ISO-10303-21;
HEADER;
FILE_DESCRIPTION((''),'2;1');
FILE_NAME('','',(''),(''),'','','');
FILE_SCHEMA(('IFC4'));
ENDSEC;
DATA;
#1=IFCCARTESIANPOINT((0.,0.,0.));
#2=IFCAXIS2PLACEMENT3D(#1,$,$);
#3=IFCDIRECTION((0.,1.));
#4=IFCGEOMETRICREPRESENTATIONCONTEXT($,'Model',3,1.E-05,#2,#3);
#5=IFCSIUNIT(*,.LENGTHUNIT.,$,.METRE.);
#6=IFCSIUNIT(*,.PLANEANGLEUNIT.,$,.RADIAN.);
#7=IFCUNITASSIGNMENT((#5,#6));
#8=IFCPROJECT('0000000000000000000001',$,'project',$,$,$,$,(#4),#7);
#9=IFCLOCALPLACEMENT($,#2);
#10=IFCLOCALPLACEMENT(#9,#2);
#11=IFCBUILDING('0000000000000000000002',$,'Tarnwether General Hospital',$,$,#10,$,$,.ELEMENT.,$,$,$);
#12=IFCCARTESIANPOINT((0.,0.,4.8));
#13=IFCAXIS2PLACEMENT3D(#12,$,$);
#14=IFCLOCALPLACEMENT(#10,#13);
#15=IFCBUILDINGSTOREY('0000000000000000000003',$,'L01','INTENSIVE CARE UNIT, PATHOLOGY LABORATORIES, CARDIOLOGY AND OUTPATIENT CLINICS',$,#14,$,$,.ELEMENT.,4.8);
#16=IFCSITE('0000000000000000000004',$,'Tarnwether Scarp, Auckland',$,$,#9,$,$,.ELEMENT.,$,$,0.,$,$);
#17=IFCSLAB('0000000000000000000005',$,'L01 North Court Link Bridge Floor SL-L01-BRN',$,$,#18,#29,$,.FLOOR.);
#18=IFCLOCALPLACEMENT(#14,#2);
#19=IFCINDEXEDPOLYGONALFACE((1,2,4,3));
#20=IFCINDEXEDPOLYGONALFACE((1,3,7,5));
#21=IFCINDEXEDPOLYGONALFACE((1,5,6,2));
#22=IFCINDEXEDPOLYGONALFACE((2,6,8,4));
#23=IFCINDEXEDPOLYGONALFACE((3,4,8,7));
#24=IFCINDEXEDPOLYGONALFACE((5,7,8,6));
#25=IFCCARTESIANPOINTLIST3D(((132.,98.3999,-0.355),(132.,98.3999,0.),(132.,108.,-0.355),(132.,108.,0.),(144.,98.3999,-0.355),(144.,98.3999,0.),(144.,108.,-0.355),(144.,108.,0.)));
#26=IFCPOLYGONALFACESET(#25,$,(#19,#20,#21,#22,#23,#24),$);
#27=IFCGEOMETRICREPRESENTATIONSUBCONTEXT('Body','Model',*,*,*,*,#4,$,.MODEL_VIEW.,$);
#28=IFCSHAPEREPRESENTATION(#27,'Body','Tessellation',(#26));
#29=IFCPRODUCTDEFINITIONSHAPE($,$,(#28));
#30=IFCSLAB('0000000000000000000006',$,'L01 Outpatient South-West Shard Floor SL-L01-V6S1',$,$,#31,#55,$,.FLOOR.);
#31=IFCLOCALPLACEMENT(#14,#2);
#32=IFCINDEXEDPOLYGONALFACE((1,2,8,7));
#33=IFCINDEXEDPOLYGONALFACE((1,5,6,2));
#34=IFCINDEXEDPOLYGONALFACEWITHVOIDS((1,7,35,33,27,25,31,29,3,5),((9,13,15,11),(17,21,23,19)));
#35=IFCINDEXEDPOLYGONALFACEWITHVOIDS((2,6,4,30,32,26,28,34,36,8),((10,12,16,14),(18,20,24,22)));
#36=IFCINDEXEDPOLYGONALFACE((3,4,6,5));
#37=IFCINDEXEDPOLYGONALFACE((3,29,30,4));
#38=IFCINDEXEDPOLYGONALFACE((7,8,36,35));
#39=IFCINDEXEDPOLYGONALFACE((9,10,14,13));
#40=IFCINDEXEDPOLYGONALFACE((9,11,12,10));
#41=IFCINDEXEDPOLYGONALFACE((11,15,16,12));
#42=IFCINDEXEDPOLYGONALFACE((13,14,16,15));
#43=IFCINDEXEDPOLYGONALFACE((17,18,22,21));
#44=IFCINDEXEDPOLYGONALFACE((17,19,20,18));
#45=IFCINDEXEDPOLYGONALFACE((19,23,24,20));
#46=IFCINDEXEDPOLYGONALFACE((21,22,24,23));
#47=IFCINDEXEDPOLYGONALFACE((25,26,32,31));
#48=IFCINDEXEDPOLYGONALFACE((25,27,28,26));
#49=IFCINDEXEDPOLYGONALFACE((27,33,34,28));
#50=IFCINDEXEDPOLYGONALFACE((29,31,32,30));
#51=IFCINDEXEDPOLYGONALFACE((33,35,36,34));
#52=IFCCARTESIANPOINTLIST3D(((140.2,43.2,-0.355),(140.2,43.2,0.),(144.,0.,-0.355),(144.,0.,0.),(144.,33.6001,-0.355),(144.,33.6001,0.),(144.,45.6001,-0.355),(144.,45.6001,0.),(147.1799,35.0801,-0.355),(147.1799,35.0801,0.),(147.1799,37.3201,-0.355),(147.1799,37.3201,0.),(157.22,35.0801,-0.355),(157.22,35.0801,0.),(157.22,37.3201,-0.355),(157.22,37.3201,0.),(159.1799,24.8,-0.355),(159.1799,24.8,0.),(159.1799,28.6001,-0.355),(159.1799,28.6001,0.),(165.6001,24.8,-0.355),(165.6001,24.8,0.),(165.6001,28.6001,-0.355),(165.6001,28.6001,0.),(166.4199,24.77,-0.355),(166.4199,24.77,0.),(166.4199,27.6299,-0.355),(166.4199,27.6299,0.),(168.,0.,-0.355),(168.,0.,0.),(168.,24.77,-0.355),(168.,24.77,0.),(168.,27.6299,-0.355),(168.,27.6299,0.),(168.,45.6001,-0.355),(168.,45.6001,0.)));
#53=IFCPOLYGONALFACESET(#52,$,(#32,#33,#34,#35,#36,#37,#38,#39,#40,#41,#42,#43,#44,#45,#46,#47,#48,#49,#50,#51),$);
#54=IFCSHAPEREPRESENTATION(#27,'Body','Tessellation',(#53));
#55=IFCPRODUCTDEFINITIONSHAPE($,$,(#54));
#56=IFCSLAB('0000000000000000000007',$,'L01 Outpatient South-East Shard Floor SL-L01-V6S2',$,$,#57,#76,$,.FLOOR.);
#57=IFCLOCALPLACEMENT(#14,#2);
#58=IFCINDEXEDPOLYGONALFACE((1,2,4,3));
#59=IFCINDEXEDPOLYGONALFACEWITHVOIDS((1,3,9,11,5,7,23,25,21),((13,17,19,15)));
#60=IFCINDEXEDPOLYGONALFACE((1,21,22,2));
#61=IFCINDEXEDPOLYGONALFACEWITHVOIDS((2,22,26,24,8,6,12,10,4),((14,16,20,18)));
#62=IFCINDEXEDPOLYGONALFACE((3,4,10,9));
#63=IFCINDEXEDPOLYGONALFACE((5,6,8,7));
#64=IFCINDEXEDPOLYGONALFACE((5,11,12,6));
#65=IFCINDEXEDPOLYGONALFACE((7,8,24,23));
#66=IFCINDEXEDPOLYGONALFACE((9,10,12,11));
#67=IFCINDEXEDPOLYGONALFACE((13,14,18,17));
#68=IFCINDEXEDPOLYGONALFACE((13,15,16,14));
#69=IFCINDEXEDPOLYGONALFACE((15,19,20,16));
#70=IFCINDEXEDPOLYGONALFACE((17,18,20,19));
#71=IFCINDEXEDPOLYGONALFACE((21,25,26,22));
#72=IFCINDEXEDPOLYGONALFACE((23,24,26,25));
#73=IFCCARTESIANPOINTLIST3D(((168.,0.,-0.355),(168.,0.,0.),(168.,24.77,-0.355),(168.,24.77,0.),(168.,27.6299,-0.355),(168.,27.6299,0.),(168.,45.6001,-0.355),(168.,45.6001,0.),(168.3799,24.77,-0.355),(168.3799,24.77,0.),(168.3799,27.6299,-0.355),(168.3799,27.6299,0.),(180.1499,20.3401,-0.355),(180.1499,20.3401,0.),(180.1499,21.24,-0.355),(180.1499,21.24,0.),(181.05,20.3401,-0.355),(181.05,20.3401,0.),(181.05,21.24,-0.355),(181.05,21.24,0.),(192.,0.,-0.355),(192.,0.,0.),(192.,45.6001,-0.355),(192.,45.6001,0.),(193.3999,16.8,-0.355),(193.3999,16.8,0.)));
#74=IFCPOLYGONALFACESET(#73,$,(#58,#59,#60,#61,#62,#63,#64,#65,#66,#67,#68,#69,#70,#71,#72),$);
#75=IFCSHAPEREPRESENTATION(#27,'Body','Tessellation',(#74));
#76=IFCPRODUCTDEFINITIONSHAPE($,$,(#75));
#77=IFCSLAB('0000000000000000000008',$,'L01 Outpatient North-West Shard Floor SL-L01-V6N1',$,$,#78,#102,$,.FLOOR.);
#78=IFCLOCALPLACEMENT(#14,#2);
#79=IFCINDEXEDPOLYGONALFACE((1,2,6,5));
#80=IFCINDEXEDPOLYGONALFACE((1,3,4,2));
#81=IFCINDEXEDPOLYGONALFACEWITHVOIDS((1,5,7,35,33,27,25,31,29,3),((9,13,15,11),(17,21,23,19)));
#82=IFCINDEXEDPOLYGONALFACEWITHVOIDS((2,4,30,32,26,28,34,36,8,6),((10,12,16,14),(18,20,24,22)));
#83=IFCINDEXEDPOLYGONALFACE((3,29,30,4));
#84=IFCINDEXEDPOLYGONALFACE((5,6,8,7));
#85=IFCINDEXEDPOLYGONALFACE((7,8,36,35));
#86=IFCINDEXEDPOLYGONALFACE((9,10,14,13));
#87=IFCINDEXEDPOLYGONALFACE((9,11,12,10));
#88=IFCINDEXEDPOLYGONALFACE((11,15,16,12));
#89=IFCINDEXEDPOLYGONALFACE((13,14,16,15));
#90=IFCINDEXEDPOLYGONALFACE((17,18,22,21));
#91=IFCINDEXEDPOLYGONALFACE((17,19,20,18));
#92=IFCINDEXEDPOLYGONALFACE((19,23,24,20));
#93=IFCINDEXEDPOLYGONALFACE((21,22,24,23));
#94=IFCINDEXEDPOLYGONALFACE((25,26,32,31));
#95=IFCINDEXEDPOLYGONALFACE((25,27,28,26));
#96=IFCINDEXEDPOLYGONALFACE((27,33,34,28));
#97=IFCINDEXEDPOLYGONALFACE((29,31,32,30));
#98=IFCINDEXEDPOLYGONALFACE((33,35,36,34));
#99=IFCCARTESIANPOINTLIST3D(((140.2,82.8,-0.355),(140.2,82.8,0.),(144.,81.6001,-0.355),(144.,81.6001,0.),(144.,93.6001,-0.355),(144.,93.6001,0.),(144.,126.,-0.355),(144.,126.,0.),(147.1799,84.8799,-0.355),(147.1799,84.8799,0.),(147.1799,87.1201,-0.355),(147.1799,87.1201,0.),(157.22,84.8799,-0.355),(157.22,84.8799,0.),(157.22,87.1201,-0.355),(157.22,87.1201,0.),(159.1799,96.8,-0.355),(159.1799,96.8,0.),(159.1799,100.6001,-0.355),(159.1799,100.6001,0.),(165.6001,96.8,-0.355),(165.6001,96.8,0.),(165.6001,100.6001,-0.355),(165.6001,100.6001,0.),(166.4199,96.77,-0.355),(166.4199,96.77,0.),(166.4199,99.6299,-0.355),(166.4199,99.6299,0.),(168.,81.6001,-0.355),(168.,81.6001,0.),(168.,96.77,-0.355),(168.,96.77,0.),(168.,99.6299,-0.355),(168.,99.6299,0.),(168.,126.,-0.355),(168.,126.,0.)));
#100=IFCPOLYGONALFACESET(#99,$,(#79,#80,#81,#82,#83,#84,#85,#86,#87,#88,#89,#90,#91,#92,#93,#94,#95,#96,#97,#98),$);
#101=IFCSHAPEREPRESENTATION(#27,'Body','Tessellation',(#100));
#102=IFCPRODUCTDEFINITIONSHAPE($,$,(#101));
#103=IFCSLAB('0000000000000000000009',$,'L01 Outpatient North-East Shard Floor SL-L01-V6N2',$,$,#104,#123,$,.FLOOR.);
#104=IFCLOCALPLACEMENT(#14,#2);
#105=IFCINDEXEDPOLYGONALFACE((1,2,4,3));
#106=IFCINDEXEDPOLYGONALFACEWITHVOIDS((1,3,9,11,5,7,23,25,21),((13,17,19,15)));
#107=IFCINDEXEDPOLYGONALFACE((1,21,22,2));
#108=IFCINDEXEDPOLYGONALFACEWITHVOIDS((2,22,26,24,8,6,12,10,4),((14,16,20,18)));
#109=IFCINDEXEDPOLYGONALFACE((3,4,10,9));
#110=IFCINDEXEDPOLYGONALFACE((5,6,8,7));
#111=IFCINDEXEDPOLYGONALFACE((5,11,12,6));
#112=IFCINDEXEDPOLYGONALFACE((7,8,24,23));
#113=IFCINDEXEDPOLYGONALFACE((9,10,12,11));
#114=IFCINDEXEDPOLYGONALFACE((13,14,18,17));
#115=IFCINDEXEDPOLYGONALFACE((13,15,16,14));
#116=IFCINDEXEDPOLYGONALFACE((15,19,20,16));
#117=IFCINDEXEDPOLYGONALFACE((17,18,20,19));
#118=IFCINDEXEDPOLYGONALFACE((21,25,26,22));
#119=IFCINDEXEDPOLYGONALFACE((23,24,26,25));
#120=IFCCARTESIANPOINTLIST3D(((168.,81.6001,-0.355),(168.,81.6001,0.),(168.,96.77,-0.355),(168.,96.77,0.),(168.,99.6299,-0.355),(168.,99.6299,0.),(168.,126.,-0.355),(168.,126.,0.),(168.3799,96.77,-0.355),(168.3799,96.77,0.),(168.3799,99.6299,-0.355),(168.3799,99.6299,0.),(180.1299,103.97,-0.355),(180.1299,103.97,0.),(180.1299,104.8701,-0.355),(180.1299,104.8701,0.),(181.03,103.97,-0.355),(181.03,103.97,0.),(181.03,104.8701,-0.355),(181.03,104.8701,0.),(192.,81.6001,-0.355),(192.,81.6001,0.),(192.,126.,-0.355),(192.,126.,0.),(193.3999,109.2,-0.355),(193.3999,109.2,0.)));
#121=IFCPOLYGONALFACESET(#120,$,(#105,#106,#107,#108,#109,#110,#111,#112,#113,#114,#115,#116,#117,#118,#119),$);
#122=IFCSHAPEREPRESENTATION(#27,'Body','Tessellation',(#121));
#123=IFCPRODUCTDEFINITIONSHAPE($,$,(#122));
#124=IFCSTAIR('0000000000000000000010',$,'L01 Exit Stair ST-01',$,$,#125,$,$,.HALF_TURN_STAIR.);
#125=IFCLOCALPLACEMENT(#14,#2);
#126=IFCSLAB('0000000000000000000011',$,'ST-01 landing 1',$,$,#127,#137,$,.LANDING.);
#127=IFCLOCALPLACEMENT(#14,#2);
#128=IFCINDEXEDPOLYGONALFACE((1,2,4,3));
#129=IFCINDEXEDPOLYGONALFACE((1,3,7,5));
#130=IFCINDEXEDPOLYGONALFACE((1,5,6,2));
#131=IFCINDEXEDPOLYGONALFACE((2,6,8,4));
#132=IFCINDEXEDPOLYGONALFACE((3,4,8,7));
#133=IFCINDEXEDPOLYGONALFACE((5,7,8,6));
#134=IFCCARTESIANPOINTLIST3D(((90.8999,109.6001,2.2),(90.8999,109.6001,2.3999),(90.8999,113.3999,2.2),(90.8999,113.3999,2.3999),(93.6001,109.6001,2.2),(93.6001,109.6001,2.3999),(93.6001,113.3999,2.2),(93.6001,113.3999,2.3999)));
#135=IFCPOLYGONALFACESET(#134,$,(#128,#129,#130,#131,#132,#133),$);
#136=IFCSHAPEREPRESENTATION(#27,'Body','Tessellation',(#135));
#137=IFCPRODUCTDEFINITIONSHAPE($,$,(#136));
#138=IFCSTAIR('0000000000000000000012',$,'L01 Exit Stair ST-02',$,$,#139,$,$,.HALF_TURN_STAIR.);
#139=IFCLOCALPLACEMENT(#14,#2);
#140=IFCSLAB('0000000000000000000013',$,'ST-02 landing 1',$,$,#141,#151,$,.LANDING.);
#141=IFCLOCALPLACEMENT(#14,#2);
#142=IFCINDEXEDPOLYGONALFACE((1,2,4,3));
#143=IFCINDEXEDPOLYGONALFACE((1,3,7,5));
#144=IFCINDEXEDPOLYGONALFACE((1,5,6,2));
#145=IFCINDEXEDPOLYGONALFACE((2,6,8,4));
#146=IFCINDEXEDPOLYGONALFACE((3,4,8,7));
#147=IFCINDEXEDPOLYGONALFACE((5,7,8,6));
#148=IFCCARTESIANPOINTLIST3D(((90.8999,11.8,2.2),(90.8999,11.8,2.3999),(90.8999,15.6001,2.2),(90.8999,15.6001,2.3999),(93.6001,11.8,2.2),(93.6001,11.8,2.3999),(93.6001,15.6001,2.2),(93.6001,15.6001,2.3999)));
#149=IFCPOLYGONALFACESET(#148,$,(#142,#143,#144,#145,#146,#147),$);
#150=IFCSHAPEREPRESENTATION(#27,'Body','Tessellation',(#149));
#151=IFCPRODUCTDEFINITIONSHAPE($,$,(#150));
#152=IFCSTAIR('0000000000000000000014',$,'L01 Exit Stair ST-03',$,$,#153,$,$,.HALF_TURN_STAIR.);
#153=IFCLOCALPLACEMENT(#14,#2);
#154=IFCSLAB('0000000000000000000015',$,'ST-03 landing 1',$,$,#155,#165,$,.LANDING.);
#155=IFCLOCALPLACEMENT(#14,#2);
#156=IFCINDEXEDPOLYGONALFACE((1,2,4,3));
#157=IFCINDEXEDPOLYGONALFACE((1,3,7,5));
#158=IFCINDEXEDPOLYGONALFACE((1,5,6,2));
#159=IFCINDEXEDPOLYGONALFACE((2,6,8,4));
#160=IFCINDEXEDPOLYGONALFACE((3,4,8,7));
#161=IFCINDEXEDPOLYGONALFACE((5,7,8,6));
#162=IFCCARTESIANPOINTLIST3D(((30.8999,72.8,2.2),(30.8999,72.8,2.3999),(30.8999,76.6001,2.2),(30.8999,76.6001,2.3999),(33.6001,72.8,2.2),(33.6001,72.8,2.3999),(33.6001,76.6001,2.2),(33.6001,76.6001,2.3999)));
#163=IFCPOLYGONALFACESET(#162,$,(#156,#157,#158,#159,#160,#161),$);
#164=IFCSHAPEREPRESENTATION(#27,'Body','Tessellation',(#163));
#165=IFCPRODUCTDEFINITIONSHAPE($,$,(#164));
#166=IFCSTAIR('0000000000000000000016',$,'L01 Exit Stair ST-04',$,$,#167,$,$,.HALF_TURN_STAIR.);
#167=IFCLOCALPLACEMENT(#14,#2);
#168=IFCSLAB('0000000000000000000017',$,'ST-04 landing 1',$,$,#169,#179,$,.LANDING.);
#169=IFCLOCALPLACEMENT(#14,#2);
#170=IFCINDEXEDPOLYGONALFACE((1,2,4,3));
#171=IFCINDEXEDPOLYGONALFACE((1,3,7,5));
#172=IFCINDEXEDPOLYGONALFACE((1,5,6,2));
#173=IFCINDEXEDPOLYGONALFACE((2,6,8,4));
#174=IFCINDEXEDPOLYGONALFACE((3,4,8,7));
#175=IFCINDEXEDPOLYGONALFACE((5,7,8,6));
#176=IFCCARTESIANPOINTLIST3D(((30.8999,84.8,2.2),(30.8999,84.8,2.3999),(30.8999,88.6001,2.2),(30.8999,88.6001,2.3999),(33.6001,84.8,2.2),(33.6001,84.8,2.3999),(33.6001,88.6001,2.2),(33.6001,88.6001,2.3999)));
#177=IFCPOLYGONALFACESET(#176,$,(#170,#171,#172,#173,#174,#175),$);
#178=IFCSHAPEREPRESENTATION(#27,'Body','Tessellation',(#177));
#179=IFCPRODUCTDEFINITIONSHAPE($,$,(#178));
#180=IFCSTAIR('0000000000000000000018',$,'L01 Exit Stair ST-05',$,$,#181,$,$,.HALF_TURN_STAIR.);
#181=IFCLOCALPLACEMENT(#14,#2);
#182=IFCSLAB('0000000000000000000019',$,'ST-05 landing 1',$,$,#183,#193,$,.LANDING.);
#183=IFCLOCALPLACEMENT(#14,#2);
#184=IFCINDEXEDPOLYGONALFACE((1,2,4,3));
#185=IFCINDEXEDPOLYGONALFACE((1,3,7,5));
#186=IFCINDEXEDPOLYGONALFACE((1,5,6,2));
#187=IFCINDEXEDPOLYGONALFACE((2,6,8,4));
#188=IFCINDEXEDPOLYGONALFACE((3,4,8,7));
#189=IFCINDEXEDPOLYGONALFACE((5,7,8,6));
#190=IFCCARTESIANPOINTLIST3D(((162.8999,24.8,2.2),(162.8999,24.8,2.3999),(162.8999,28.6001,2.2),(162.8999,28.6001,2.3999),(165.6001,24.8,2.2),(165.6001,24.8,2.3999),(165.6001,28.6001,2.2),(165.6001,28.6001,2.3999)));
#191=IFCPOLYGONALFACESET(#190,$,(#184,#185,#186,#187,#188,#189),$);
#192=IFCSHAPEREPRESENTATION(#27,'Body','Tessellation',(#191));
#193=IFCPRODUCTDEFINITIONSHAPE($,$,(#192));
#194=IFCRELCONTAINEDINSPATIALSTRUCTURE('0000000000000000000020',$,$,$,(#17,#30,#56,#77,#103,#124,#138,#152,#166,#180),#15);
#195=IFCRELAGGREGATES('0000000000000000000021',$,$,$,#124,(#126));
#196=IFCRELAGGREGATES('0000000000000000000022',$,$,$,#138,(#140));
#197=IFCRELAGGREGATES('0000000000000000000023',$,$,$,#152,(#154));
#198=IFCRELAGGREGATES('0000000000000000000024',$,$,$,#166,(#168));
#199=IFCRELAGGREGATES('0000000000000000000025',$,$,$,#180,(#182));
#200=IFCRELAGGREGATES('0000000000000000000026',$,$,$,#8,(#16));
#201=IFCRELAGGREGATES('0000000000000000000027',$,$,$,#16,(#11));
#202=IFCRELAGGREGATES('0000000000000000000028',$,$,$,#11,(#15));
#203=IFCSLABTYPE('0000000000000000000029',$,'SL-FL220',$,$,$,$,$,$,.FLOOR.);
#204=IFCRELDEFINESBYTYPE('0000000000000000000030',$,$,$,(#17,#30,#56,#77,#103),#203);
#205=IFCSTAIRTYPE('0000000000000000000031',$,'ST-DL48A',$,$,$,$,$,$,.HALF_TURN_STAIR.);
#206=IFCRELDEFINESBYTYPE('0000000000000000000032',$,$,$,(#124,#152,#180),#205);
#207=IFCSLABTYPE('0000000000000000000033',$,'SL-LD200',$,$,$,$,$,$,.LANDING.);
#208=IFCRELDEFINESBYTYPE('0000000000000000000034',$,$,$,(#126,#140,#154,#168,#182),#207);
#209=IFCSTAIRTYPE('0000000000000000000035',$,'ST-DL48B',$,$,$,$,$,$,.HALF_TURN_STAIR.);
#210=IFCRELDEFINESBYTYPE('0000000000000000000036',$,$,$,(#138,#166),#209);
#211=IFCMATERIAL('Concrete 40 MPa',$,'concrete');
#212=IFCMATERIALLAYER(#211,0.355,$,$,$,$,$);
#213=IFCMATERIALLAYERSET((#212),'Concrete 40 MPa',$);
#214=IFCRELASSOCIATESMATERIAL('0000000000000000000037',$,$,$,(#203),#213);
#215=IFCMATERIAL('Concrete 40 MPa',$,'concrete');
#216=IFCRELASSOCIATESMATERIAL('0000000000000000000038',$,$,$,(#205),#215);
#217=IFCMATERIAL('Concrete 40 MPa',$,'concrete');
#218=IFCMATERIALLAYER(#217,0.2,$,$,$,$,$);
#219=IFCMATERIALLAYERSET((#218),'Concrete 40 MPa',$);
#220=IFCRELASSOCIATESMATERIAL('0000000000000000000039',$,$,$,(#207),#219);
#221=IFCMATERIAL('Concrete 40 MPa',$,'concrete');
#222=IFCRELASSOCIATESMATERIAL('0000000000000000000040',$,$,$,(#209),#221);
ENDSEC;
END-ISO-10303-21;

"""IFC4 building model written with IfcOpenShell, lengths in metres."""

from ifc_helpers import new_model, si_unit, direction, frame, origin, place, context, subcontext, project, spatial, polyline, outline, extrude, material, layer, layer_set, type_object, element, aggregate, save


model = new_model("IFC4")

# Units and contexts
model_context = context("Model", 3, precision=1e-05, world=origin(), true_north=direction((0.0, 1.0)))
body_context = subcontext(model_context, "Body", "Model", "MODEL_VIEW")
ifc_project = project(units=[si_unit("LENGTHUNIT", "METRE"), si_unit("PLANEANGLEUNIT", "RADIAN")], contexts=[model_context])

# Site, building, storey
site_placement = place(None, origin())
site = spatial("IfcSite", under=ifc_project, at=site_placement, Name="Tarnwether Scarp, Auckland", CompositionType="ELEMENT", RefElevation=0.0)
building_placement = place(site_placement, origin())
building = spatial("IfcBuilding", under=site, at=building_placement, Name="Tarnwether General Hospital", CompositionType="ELEMENT")
storey_placement = place(building_placement, frame((0.0, 0.0, 4.8)))
storey = spatial("IfcBuildingStorey", under=building, at=storey_placement, Name="L01", Description="INTENSIVE CARE UNIT, PATHOLOGY LABORATORIES, CARDIOLOGY AND OUTPATIENT CLINICS", CompositionType="ELEMENT", Elevation=4.8)

# Slabs
ifc_material_1 = material(Name="Concrete 40 MPa", Category="concrete")
ifc_layer_1 = layer(ifc_material_1, 0.355)
ifc_layer_set_1 = layer_set([ifc_layer_1], Name="Concrete 40 MPa")
slab_type_1 = type_object("IfcSlabType", Name="SL-FL220", PredefinedType="FLOOR", material=ifc_layer_set_1)
slab_1_placement = place(storey_placement, frame((0.0, 0.0, -0.355)))
element("IfcSlab", 1, at=slab_1_placement, inside=storey, type_object=slab_type_1, Name="L01 North Court Link Bridge Floor SL-L01-BRN", PredefinedType="FLOOR", context=body_context, shape_type="SweptSolid", body=[
    extrude(outline(polyline([(144.0, 98.3999), (144.0, 108.0), (132.0, 108.0), (132.0, 98.3999), (144.0, 98.3999)])), origin(), (0.0, 0.0, 1.0), 0.355),
])
slab_2_placement = place(storey_placement, frame((0.0, 0.0, -0.355)))
element("IfcSlab", 2, at=slab_2_placement, inside=storey, type_object=slab_type_1, Name="L01 Outpatient South-West Shard Floor SL-L01-V6S1", PredefinedType="FLOOR", context=body_context, shape_type="SweptSolid", body=[
    extrude(outline(polyline([(140.2, 43.2), (144.0, 45.6001), (168.0, 45.6001), (168.0, 27.6299), (166.4199, 27.6299), (166.4199, 24.77), (168.0, 24.77), (168.0, 0.0), (144.0, 0.0), (144.0, 33.6001), (140.2, 43.2)]), holes=[polyline([(159.1799, 28.6001), (159.1799, 24.8), (165.6001, 24.8), (165.6001, 28.6001), (159.1799, 28.6001)]), polyline([(157.22, 35.0801), (157.22, 37.3201), (147.1799, 37.3201), (147.1799, 35.0801), (157.22, 35.0801)])]), origin(), (0.0, 0.0, 1.0), 0.355),
])
slab_3_placement = place(storey_placement, frame((0.0, 0.0, -0.355)))
element("IfcSlab", 3, at=slab_3_placement, inside=storey, type_object=slab_type_1, Name="L01 Outpatient South-East Shard Floor SL-L01-V6S2", PredefinedType="FLOOR", context=body_context, shape_type="SweptSolid", body=[
    extrude(outline(polyline([(192.0, 0.0), (168.0, 0.0), (168.0, 24.77), (168.3799, 24.77), (168.3799, 27.6299), (168.0, 27.6299), (168.0, 45.6001), (192.0, 45.6001), (193.3999, 16.8), (192.0, 0.0)]), holes=[polyline([(181.05, 21.24), (180.1499, 21.24), (180.1499, 20.3401), (181.05, 20.3401), (181.05, 21.24)])]), origin(), (0.0, 0.0, 1.0), 0.355),
])
slab_4_placement = place(storey_placement, frame((0.0, 0.0, -0.355)))
element("IfcSlab", 4, at=slab_4_placement, inside=storey, type_object=slab_type_1, Name="L01 Outpatient North-West Shard Floor SL-L01-V6N1", PredefinedType="FLOOR", context=body_context, shape_type="SweptSolid", body=[
    extrude(outline(polyline([(144.0, 126.0), (168.0, 126.0), (168.0, 99.6299), (166.4199, 99.6299), (166.4199, 96.77), (168.0, 96.77), (168.0, 81.6001), (144.0, 81.6001), (140.2, 82.8), (144.0, 93.6001), (144.0, 126.0)]), holes=[polyline([(159.1799, 100.6001), (159.1799, 96.8), (165.6001, 96.8), (165.6001, 100.6001), (159.1799, 100.6001)]), polyline([(157.22, 84.8799), (157.22, 87.1201), (147.1799, 87.1201), (147.1799, 84.8799), (157.22, 84.8799)])]), origin(), (0.0, 0.0, 1.0), 0.355),
])
slab_5_placement = place(storey_placement, frame((0.0, 0.0, -0.355)))
element("IfcSlab", 5, at=slab_5_placement, inside=storey, type_object=slab_type_1, Name="L01 Outpatient North-East Shard Floor SL-L01-V6N2", PredefinedType="FLOOR", context=body_context, shape_type="SweptSolid", body=[
    extrude(outline(polyline([(192.0, 81.6001), (168.0, 81.6001), (168.0, 96.77), (168.3799, 96.77), (168.3799, 99.6299), (168.0, 99.6299), (168.0, 126.0), (192.0, 126.0), (193.3999, 109.2), (192.0, 81.6001)]), holes=[polyline([(181.03, 104.8701), (180.1299, 104.8701), (180.1299, 103.97), (181.03, 103.97), (181.03, 104.8701)])]), origin(), (0.0, 0.0, 1.0), 0.355),
])

# Stairs, slabs
ifc_material_2 = material(Name="Concrete 40 MPa", Category="concrete")
stair_type_1 = type_object("IfcStairType", Name="ST-DL48A", PredefinedType="HALF_TURN_STAIR", material=ifc_material_2)
stair_1_placement = place(storey_placement, origin())
stair_1 = element("IfcStair", 6, at=stair_1_placement, inside=storey, type_object=stair_type_1, Name="L01 Exit Stair ST-01", PredefinedType="HALF_TURN_STAIR")
ifc_material_3 = material(Name="Concrete 40 MPa", Category="concrete")
ifc_layer_2 = layer(ifc_material_3, 0.2)
ifc_layer_set_2 = layer_set([ifc_layer_2], Name="Concrete 40 MPa")
slab_type_2 = type_object("IfcSlabType", Name="SL-LD200", PredefinedType="LANDING", material=ifc_layer_set_2)
slab_6_placement = place(storey_placement, frame((0.0, 0.0, 2.2)))
slab_6 = element("IfcSlab", 7, at=slab_6_placement, type_object=slab_type_2, Name="ST-01 landing 1", PredefinedType="LANDING", context=body_context, shape_type="SweptSolid", body=[
    extrude(outline(polyline([(90.8999, 109.6001), (93.6001, 109.6001), (93.6001, 113.3999), (90.8999, 113.3999), (90.8999, 109.6001)])), origin(), (0.0, 0.0, 1.0), 0.2),
])
aggregate(stair_1, [slab_6])
ifc_material_4 = material(Name="Concrete 40 MPa", Category="concrete")
stair_type_2 = type_object("IfcStairType", Name="ST-DL48B", PredefinedType="HALF_TURN_STAIR", material=ifc_material_4)
stair_2_placement = place(storey_placement, origin())
stair_2 = element("IfcStair", 8, at=stair_2_placement, inside=storey, type_object=stair_type_2, Name="L01 Exit Stair ST-02", PredefinedType="HALF_TURN_STAIR")
slab_7_placement = place(storey_placement, frame((0.0, 0.0, 2.2)))
slab_7 = element("IfcSlab", 9, at=slab_7_placement, type_object=slab_type_2, Name="ST-02 landing 1", PredefinedType="LANDING", context=body_context, shape_type="SweptSolid", body=[
    extrude(outline(polyline([(90.8999, 11.8), (93.6001, 11.8), (93.6001, 15.6001), (90.8999, 15.6001), (90.8999, 11.8)])), origin(), (0.0, 0.0, 1.0), 0.2),
])
aggregate(stair_2, [slab_7])
stair_3_placement = place(storey_placement, origin())
stair_3 = element("IfcStair", 10, at=stair_3_placement, inside=storey, type_object=stair_type_1, Name="L01 Exit Stair ST-03", PredefinedType="HALF_TURN_STAIR")
slab_8_placement = place(storey_placement, frame((0.0, 0.0, 2.2)))
slab_8 = element("IfcSlab", 11, at=slab_8_placement, type_object=slab_type_2, Name="ST-03 landing 1", PredefinedType="LANDING", context=body_context, shape_type="SweptSolid", body=[
    extrude(outline(polyline([(30.8999, 72.8), (33.6001, 72.8), (33.6001, 76.6001), (30.8999, 76.6001), (30.8999, 72.8)])), origin(), (0.0, 0.0, 1.0), 0.2),
])
aggregate(stair_3, [slab_8])
stair_4_placement = place(storey_placement, origin())
stair_4 = element("IfcStair", 12, at=stair_4_placement, inside=storey, type_object=stair_type_2, Name="L01 Exit Stair ST-04", PredefinedType="HALF_TURN_STAIR")
slab_9_placement = place(storey_placement, frame((0.0, 0.0, 2.2)))
slab_9 = element("IfcSlab", 13, at=slab_9_placement, type_object=slab_type_2, Name="ST-04 landing 1", PredefinedType="LANDING", context=body_context, shape_type="SweptSolid", body=[
    extrude(outline(polyline([(30.8999, 84.8), (33.6001, 84.8), (33.6001, 88.6001), (30.8999, 88.6001), (30.8999, 84.8)])), origin(), (0.0, 0.0, 1.0), 0.2),
])
aggregate(stair_4, [slab_9])
stair_5_placement = place(storey_placement, origin())
stair_5 = element("IfcStair", 14, at=stair_5_placement, inside=storey, type_object=stair_type_1, Name="L01 Exit Stair ST-05", PredefinedType="HALF_TURN_STAIR")
slab_10_placement = place(storey_placement, frame((0.0, 0.0, 2.2)))
slab_10 = element("IfcSlab", 15, at=slab_10_placement, type_object=slab_type_2, Name="ST-05 landing 1", PredefinedType="LANDING", context=body_context, shape_type="SweptSolid", body=[
    extrude(outline(polyline([(162.8999, 24.8), (165.6001, 24.8), (165.6001, 28.6001), (162.8999, 28.6001), (162.8999, 24.8)])), origin(), (0.0, 0.0, 1.0), 0.2),
])
aggregate(stair_5, [slab_10])

save(model, "model.ifc")
